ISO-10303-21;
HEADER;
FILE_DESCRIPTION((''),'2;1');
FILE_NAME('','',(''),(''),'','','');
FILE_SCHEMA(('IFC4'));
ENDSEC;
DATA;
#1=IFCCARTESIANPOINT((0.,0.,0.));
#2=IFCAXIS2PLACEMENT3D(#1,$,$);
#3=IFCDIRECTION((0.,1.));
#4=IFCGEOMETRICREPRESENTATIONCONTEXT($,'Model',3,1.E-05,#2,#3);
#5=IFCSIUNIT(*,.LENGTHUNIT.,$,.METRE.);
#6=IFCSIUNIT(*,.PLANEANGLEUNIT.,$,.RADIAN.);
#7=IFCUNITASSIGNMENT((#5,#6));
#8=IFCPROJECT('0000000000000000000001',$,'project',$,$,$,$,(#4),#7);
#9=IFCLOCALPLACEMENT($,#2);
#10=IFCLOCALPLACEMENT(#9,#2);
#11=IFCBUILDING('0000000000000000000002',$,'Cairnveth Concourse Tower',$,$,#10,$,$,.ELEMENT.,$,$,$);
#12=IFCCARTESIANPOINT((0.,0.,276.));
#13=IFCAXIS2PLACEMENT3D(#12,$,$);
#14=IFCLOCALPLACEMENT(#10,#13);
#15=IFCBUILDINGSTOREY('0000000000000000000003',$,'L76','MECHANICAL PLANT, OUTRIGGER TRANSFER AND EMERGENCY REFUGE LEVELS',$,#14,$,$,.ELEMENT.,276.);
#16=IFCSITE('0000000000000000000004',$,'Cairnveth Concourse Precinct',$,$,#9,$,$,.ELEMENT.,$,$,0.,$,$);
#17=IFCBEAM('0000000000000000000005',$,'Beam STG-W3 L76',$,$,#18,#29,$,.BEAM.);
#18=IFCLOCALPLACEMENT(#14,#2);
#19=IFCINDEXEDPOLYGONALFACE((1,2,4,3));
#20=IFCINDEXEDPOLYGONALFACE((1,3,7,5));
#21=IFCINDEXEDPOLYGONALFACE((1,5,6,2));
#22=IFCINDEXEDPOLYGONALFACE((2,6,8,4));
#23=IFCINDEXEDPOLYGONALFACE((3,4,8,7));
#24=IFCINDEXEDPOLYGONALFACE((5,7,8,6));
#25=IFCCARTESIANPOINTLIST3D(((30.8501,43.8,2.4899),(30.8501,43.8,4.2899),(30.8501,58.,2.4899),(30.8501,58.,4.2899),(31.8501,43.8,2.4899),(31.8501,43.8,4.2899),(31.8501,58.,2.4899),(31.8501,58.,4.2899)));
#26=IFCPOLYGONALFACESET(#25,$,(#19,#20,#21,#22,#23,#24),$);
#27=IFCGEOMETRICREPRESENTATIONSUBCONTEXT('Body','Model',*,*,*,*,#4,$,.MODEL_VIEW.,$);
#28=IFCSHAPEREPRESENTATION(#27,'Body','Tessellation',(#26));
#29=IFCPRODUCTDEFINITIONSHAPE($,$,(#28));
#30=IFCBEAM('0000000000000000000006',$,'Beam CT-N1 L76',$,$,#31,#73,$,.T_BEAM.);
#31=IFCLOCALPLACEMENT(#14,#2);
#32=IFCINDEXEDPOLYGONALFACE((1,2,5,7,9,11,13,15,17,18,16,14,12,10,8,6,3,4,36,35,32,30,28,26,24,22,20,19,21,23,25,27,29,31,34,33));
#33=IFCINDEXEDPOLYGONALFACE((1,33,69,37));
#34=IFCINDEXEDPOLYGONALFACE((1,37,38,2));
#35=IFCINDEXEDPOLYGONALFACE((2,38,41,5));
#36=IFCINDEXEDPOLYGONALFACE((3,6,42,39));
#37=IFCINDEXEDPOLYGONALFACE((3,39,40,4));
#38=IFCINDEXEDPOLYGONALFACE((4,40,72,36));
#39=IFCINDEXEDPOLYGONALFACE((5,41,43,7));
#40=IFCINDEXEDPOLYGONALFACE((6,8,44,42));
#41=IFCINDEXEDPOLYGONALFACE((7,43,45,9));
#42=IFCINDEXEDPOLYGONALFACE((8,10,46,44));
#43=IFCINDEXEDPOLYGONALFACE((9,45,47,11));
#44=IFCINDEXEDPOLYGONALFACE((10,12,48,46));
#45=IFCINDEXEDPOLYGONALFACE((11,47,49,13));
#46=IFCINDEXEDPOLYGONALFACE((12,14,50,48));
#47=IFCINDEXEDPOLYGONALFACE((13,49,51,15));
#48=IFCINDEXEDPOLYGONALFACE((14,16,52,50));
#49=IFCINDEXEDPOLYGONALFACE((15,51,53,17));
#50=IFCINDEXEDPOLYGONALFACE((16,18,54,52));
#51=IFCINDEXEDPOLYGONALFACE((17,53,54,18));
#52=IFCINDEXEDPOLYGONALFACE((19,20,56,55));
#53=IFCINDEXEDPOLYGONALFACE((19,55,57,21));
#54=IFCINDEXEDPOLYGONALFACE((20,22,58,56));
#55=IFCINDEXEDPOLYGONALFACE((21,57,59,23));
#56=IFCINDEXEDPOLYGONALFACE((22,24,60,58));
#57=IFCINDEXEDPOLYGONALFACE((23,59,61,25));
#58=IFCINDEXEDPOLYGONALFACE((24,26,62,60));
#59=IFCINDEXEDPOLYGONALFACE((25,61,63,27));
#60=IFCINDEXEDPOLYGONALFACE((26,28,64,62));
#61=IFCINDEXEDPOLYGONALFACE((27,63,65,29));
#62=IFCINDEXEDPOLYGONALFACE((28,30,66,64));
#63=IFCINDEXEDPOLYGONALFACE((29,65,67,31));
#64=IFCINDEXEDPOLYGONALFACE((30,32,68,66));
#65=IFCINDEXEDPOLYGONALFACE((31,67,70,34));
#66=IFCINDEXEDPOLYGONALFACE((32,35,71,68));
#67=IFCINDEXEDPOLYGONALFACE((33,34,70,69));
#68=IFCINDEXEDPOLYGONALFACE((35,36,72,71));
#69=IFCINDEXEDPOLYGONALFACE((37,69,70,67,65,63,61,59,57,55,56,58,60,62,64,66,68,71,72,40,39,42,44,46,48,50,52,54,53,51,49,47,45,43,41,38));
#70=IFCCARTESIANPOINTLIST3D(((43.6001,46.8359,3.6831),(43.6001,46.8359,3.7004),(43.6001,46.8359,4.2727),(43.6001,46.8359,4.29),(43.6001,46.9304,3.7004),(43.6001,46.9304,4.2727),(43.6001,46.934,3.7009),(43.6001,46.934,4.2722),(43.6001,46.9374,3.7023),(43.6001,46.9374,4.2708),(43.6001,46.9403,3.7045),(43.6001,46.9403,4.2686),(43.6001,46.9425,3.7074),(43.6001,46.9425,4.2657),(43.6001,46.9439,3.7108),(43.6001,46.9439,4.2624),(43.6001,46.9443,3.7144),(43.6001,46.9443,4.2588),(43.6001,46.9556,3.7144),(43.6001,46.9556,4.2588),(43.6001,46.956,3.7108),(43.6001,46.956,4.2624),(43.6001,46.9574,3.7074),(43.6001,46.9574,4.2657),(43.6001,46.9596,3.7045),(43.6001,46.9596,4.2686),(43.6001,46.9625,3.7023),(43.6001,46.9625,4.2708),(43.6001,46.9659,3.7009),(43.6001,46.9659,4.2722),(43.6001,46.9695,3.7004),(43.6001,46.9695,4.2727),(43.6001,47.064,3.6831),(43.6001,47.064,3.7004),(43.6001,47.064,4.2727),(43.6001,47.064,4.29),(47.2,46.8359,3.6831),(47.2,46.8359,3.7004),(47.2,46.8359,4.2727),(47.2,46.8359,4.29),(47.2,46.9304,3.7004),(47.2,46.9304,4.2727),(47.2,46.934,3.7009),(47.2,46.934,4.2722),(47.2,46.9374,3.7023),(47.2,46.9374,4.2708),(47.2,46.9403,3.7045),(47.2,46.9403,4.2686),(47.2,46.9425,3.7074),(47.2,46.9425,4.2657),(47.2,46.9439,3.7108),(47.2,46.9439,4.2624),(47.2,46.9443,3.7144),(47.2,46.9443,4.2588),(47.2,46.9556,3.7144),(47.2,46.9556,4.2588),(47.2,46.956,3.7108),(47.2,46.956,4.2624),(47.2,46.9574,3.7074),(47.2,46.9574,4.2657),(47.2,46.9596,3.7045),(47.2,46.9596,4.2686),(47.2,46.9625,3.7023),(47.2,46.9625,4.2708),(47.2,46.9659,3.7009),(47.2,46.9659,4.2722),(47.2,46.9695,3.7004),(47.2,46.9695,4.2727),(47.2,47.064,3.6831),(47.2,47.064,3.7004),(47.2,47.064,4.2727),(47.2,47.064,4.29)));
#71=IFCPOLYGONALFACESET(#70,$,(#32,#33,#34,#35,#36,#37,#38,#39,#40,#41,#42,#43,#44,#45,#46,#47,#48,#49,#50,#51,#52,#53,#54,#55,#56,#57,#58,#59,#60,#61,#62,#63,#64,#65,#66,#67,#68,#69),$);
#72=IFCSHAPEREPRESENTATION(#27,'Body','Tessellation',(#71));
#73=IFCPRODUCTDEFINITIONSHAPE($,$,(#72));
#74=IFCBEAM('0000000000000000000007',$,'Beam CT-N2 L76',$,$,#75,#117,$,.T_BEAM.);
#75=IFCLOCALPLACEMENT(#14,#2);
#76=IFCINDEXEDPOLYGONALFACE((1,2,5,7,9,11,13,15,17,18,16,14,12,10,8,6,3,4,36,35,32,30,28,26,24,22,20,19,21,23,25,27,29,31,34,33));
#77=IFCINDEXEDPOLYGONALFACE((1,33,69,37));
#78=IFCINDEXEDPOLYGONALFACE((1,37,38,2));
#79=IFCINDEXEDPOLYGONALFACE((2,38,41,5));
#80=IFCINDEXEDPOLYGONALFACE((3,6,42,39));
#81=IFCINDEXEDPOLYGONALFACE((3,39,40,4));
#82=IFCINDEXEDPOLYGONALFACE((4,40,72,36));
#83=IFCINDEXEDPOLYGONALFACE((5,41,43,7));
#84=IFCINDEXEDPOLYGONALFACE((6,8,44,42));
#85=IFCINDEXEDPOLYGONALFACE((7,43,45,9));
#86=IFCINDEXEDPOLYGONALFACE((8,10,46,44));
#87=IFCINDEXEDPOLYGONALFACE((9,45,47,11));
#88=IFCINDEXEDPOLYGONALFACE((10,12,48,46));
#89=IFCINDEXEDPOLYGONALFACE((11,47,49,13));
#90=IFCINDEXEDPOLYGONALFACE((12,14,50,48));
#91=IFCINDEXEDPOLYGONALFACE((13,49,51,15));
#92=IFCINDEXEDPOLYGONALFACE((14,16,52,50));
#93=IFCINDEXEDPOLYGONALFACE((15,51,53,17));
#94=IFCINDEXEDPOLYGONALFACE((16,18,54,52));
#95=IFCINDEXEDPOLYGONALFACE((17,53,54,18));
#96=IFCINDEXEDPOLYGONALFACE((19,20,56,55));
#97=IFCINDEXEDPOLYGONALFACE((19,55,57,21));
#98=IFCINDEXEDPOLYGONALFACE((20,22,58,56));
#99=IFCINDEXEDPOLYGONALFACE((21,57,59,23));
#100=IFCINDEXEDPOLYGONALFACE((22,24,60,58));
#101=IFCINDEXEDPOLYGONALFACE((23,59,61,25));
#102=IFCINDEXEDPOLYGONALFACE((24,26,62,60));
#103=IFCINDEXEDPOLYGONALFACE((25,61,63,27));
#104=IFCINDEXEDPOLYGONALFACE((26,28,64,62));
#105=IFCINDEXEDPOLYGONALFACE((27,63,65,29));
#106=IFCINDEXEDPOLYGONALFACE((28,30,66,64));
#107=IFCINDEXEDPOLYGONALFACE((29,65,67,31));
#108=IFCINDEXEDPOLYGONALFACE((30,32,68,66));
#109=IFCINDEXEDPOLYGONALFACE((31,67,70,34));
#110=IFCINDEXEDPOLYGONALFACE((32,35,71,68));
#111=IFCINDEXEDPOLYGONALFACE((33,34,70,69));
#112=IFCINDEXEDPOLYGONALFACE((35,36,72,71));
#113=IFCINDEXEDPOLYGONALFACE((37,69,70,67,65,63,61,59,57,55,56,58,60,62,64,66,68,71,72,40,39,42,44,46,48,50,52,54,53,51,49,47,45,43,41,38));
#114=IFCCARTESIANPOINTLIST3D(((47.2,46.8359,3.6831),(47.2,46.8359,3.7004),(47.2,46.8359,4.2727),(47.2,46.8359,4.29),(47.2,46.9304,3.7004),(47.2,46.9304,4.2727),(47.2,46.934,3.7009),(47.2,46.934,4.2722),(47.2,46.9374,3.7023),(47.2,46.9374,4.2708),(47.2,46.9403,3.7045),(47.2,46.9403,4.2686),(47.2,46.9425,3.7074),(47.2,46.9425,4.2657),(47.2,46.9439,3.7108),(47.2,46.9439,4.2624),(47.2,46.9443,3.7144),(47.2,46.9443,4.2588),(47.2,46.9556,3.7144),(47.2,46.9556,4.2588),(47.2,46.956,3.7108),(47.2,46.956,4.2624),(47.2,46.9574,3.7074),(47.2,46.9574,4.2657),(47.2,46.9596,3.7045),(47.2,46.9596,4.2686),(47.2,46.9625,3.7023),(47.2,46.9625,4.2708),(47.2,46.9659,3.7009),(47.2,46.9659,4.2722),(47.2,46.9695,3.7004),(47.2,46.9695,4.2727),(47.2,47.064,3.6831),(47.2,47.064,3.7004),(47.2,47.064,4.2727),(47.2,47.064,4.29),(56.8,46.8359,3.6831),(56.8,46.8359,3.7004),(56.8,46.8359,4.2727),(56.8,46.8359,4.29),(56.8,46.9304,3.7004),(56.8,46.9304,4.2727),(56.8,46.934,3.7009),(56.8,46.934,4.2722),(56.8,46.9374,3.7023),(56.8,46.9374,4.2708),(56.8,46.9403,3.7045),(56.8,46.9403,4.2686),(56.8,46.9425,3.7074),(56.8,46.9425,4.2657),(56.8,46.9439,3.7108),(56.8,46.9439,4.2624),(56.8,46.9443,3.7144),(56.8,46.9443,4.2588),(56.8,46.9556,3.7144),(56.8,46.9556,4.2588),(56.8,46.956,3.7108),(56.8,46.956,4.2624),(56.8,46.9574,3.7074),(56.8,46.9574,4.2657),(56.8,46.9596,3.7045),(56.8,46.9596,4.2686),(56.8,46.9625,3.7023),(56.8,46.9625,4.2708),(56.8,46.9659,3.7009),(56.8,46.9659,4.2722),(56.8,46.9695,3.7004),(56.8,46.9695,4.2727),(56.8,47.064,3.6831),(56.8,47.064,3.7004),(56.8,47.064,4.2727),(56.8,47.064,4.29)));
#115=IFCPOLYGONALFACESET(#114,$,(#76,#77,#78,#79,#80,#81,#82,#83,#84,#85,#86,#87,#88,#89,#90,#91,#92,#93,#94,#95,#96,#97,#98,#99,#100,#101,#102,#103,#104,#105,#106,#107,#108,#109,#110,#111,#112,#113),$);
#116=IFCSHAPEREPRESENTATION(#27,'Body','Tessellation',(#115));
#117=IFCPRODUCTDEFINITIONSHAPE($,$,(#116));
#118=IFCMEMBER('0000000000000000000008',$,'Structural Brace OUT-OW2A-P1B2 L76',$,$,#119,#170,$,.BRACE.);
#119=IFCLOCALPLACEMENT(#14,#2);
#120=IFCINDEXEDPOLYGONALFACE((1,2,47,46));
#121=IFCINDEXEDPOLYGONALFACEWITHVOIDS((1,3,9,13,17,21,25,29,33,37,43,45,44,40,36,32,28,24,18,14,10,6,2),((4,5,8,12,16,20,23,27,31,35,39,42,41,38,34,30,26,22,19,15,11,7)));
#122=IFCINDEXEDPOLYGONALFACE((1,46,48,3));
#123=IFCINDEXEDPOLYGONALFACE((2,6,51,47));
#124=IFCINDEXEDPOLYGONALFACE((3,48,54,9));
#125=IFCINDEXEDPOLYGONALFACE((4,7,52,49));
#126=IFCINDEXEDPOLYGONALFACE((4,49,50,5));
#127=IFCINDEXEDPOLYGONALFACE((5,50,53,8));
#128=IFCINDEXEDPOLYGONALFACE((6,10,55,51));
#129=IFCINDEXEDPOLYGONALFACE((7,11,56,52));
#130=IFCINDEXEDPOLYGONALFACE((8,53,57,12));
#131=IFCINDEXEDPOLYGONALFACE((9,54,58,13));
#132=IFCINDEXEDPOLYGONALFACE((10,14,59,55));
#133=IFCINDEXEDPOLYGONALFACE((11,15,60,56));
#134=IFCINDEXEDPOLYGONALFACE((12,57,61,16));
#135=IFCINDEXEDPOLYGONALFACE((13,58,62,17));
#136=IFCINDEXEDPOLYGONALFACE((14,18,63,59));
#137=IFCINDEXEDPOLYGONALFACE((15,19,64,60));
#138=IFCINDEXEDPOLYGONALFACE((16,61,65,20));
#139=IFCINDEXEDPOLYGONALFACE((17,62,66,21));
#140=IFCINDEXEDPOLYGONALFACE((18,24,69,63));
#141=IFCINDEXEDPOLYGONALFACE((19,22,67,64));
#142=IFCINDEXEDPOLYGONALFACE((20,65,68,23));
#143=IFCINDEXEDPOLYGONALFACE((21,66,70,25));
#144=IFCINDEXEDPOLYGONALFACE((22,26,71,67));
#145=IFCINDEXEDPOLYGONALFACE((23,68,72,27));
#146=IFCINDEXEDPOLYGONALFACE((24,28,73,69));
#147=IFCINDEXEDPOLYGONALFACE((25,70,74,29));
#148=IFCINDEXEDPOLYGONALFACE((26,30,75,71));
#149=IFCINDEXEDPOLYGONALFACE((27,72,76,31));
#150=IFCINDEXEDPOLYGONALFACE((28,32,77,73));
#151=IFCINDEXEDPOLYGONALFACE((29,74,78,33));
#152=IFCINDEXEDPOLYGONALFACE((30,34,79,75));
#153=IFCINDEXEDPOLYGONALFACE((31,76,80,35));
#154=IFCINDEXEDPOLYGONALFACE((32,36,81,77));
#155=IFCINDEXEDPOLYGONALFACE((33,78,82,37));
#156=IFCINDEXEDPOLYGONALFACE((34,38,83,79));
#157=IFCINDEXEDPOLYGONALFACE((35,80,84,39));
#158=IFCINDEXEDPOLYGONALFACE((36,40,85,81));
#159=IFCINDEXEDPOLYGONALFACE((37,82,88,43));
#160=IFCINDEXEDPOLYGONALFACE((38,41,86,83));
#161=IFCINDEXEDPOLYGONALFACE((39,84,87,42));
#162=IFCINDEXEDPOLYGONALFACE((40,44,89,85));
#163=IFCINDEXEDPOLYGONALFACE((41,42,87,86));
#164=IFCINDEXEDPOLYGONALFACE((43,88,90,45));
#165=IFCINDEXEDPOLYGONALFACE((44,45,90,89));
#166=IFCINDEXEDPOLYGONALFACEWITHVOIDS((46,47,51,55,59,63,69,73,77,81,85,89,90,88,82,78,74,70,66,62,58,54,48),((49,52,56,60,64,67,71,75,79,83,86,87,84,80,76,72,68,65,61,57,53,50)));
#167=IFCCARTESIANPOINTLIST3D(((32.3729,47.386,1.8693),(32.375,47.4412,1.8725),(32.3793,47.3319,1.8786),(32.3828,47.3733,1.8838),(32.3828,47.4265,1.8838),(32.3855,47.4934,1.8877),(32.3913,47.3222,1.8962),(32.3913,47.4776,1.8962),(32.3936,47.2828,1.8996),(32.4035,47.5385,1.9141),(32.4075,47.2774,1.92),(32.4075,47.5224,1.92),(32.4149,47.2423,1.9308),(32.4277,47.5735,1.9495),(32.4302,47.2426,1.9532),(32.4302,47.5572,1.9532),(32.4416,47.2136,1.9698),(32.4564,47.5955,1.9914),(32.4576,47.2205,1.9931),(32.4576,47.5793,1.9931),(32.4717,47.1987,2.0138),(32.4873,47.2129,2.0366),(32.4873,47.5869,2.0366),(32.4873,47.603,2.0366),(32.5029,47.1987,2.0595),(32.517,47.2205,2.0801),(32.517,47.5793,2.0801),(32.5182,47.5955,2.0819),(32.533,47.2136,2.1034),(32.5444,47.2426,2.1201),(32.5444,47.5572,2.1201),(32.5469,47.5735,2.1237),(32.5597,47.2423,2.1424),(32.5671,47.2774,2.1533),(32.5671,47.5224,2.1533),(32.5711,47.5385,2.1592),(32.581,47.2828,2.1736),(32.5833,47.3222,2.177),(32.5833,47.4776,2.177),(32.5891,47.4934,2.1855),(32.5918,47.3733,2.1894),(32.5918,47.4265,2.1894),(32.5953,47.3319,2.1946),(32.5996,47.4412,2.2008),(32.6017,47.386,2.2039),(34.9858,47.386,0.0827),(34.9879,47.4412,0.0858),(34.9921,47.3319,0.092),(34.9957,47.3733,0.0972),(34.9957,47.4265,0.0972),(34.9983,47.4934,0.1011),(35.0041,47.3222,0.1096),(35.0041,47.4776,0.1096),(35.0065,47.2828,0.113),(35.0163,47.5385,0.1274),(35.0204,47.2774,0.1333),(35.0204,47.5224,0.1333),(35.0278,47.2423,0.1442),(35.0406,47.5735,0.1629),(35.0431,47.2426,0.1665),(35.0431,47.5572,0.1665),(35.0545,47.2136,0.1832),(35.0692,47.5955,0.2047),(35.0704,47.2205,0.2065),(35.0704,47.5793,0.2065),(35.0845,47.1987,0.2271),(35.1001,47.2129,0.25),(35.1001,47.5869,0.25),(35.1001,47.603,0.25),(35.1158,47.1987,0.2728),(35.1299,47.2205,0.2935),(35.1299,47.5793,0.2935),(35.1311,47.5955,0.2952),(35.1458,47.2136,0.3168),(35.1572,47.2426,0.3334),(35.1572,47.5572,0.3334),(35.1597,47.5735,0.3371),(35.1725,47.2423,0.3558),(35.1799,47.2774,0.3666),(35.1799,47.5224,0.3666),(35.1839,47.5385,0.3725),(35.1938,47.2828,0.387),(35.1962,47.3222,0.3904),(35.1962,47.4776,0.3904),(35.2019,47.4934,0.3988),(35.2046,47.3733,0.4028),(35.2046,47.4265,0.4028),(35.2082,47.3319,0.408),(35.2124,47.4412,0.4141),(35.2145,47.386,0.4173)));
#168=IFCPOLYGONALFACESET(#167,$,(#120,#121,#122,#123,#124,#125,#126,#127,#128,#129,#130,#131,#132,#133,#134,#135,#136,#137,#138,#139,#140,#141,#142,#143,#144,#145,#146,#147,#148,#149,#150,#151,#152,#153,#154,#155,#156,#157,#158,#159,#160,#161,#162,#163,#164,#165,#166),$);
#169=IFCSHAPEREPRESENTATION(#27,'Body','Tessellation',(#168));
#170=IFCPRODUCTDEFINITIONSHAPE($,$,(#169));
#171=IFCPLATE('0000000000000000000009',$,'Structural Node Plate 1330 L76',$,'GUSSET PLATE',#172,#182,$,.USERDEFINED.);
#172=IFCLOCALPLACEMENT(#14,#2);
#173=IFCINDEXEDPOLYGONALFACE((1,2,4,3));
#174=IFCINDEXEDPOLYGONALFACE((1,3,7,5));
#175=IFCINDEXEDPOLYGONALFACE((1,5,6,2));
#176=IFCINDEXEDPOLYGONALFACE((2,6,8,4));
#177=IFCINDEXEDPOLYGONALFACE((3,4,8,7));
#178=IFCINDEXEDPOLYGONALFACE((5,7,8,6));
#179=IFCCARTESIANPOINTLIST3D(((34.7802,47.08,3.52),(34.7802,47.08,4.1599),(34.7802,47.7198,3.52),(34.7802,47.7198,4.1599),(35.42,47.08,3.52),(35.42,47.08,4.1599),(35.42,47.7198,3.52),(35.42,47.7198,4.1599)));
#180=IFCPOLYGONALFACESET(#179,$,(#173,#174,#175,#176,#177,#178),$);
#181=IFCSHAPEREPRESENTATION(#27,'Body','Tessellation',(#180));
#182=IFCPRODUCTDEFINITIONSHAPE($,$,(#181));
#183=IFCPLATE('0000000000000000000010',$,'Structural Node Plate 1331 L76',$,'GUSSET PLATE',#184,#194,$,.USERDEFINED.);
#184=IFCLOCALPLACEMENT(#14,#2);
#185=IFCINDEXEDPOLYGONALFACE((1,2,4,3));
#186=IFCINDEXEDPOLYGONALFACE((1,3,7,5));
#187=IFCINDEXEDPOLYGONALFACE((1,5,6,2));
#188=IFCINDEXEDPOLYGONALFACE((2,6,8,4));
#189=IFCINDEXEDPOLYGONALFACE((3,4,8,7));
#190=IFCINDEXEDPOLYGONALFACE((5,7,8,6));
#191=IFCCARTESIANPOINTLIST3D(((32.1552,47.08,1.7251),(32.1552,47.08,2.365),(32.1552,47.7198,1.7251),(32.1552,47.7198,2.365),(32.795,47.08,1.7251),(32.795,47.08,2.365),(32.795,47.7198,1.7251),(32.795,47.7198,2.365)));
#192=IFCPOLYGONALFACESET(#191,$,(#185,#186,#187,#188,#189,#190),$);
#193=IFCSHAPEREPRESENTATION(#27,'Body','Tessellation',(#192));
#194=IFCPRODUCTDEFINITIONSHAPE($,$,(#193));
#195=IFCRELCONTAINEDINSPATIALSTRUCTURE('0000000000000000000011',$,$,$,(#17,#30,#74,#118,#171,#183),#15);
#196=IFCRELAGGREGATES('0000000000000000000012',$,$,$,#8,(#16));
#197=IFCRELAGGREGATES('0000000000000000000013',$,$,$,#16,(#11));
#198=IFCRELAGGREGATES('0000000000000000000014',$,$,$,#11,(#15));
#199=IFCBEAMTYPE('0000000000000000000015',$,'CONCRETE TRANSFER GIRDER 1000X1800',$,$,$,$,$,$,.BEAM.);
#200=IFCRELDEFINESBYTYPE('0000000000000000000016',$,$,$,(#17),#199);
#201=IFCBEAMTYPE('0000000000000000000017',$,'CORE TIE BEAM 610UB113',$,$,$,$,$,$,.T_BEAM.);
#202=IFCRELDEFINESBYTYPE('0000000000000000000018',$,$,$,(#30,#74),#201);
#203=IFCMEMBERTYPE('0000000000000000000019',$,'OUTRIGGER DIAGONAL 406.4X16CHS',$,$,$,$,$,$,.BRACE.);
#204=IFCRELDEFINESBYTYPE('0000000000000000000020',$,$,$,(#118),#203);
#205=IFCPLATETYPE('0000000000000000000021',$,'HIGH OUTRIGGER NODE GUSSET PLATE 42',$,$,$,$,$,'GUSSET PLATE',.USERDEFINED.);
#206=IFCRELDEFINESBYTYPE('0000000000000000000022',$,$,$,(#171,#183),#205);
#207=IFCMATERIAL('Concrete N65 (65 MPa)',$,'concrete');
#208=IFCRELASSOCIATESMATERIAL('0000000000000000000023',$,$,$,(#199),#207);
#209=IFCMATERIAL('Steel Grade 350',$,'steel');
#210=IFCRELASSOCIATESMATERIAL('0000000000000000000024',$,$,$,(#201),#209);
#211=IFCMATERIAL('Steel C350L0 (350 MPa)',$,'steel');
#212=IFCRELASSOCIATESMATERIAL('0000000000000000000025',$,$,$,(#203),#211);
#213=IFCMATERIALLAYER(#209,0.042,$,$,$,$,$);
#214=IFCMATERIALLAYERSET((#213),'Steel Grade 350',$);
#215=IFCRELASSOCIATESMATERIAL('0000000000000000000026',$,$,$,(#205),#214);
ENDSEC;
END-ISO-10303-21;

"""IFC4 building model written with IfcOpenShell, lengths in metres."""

from ifc_helpers import new_model, si_unit, direction, frame, origin, origin_2d, place, context, subcontext, project, spatial, rectangle, hollow_circle, i_section, extrude, material, layer, layer_set, material_profile, profile_set, type_object, element, save


model = new_model("IFC4")

# Units and contexts
model_context = context("Model", 3, precision=1e-05, world=origin(), true_north=direction((0.0, 1.0)))
body_context = subcontext(model_context, "Body", "Model", "MODEL_VIEW")
ifc_project = project(units=[si_unit("LENGTHUNIT", "METRE"), si_unit("PLANEANGLEUNIT", "RADIAN")], contexts=[model_context])

# Site, building, storey
site_placement = place(None, origin())
site = spatial("IfcSite", under=ifc_project, at=site_placement, Name="Cairnveth Concourse Precinct", CompositionType="ELEMENT", RefElevation=0.0)
building_placement = place(site_placement, origin())
building = spatial("IfcBuilding", under=site, at=building_placement, Name="Cairnveth Concourse Tower", CompositionType="ELEMENT")
storey_placement = place(building_placement, frame((0.0, 0.0, 276.0)))
storey = spatial("IfcBuildingStorey", under=building, at=storey_placement, Name="L76", Description="MECHANICAL PLANT, OUTRIGGER TRANSFER AND EMERGENCY REFUGE LEVELS", CompositionType="ELEMENT", Elevation=276.0)

# Beams
ifc_material_1 = material(Name="Concrete N65 (65 MPa)", Category="concrete")
ifc_material_profile_1 = material_profile(ifc_material_1, rectangle(XDim=1.0, YDim=1.8, at=origin_2d()), Name="RC-TB-1000x1800")
ifc_profile_set_1 = profile_set([ifc_material_profile_1], Name="Concrete N65 (65 MPa)")
beam_type_1 = type_object("IfcBeamType", Name="CONCRETE TRANSFER GIRDER 1000X1800", PredefinedType="BEAM", material=ifc_profile_set_1)
beam_1_placement = place(storey_placement, frame((31.3501, 43.8, 3.3899), z_axis=(0.0, 1.0, 0.0), x_axis=(-1.0, 0.0, 0.0)))
element("IfcBeam", 1, at=beam_1_placement, inside=storey, type_object=beam_type_1, Name="Beam STG-W3 L76", PredefinedType="BEAM", context=body_context, shape_type="SweptSolid", body=[
    extrude(rectangle(XDim=1.0, YDim=1.8, at=origin_2d()), origin(), (0.0, 0.0, 1.0), 14.2),
])
ifc_material_2 = material(Name="Steel Grade 350", Category="steel")
ifc_material_profile_2 = material_profile(ifc_material_2, i_section(OverallWidth=0.228, OverallDepth=0.6069, WebThickness=0.0112, FlangeThickness=0.0173, FilletRadius=0.0139, at=origin_2d()), Name="610UB113")
ifc_profile_set_2 = profile_set([ifc_material_profile_2], Name="Steel Grade 350")
beam_type_2 = type_object("IfcBeamType", Name="CORE TIE BEAM 610UB113", PredefinedType="T_BEAM", material=ifc_profile_set_2)
beam_2_placement = place(storey_placement, frame((43.6001, 46.95, 3.9866), z_axis=(1.0, 0.0, 0.0), x_axis=(0.0, 1.0, 0.0)))
element("IfcBeam", 2, at=beam_2_placement, inside=storey, type_object=beam_type_2, Name="Beam CT-N1 L76", PredefinedType="T_BEAM", context=body_context, shape_type="SweptSolid", body=[
    extrude(i_section(OverallWidth=0.228, OverallDepth=0.6069, WebThickness=0.0112, FlangeThickness=0.0173, FilletRadius=0.0139, at=origin_2d()), origin(), (0.0, 0.0, 1.0), 3.5999),
])
beam_3_placement = place(storey_placement, frame((47.2, 46.95, 3.9866), z_axis=(1.0, 0.0, 0.0), x_axis=(0.0, 1.0, 0.0)))
element("IfcBeam", 3, at=beam_3_placement, inside=storey, type_object=beam_type_2, Name="Beam CT-N2 L76", PredefinedType="T_BEAM", context=body_context, shape_type="SweptSolid", body=[
    extrude(i_section(OverallWidth=0.228, OverallDepth=0.6069, WebThickness=0.0112, FlangeThickness=0.0173, FilletRadius=0.0139, at=origin_2d()), origin(), (0.0, 0.0, 1.0), 9.6001),
])

# Member
ifc_material_3 = material(Name="Steel C350L0 (350 MPa)", Category="steel")
ifc_material_profile_3 = material_profile(ifc_material_3, hollow_circle(Radius=0.2031, WallThickness=0.0161, at=origin_2d()), Name="406.4x16.0CHS")
ifc_profile_set_3 = profile_set([ifc_material_profile_3], Name="Steel C350L0 (350 MPa)")
member_type = type_object("IfcMemberType", Name="OUTRIGGER DIAGONAL 406.4X16CHS", PredefinedType="BRACE", material=ifc_profile_set_3)
member_placement = place(storey_placement, frame((32.4873, 47.3999, 2.0366), z_axis=(0.825466, 0.0, -0.564452), x_axis=(0.0, 1.0, 0.0)))
element("IfcMember", 4, at=member_placement, inside=storey, type_object=member_type, Name="Structural Brace OUT-OW2A-P1B2 L76", PredefinedType="BRACE", context=body_context, shape_type="SweptSolid", body=[
    extrude(hollow_circle(Radius=0.2031, WallThickness=0.0161, at=origin_2d()), origin(), (0.0, 0.0, 1.0), 3.1653),
])

# Plates
ifc_layer_1 = layer(ifc_material_2, 0.042)
ifc_layer_set_1 = layer_set([ifc_layer_1], Name="Steel Grade 350")
plate_type = type_object("IfcPlateType", Name="HIGH OUTRIGGER NODE GUSSET PLATE 42", ElementType="GUSSET PLATE", PredefinedType="USERDEFINED", material=ifc_layer_set_1)
for number, where, z_axis, x_axis, name in (
    (5, (35.1001, 47.3999, 3.52), (0.0, 0.0, 1.0), (1.0, 0.0, 0.0), "Structural Node Plate 1330 L76"),
    (6, (32.4751, 47.3999, 1.7251), (0.0, 0.0, 1.0), (1.0, 0.0, 0.0), "Structural Node Plate 1331 L76"),
):
    element("IfcPlate", number, at=place(storey_placement, frame(where, z_axis=z_axis, x_axis=x_axis)), inside=storey, type_object=plate_type, Name=name, ObjectType="GUSSET PLATE", PredefinedType="USERDEFINED", context=body_context, shape_type="SweptSolid", body=[
        extrude(rectangle(XDim=0.6399, YDim=0.6399, at=origin_2d()), origin(), (0.0, 0.0, 1.0), 0.6399),
    ])

save(model, "model.ifc")
